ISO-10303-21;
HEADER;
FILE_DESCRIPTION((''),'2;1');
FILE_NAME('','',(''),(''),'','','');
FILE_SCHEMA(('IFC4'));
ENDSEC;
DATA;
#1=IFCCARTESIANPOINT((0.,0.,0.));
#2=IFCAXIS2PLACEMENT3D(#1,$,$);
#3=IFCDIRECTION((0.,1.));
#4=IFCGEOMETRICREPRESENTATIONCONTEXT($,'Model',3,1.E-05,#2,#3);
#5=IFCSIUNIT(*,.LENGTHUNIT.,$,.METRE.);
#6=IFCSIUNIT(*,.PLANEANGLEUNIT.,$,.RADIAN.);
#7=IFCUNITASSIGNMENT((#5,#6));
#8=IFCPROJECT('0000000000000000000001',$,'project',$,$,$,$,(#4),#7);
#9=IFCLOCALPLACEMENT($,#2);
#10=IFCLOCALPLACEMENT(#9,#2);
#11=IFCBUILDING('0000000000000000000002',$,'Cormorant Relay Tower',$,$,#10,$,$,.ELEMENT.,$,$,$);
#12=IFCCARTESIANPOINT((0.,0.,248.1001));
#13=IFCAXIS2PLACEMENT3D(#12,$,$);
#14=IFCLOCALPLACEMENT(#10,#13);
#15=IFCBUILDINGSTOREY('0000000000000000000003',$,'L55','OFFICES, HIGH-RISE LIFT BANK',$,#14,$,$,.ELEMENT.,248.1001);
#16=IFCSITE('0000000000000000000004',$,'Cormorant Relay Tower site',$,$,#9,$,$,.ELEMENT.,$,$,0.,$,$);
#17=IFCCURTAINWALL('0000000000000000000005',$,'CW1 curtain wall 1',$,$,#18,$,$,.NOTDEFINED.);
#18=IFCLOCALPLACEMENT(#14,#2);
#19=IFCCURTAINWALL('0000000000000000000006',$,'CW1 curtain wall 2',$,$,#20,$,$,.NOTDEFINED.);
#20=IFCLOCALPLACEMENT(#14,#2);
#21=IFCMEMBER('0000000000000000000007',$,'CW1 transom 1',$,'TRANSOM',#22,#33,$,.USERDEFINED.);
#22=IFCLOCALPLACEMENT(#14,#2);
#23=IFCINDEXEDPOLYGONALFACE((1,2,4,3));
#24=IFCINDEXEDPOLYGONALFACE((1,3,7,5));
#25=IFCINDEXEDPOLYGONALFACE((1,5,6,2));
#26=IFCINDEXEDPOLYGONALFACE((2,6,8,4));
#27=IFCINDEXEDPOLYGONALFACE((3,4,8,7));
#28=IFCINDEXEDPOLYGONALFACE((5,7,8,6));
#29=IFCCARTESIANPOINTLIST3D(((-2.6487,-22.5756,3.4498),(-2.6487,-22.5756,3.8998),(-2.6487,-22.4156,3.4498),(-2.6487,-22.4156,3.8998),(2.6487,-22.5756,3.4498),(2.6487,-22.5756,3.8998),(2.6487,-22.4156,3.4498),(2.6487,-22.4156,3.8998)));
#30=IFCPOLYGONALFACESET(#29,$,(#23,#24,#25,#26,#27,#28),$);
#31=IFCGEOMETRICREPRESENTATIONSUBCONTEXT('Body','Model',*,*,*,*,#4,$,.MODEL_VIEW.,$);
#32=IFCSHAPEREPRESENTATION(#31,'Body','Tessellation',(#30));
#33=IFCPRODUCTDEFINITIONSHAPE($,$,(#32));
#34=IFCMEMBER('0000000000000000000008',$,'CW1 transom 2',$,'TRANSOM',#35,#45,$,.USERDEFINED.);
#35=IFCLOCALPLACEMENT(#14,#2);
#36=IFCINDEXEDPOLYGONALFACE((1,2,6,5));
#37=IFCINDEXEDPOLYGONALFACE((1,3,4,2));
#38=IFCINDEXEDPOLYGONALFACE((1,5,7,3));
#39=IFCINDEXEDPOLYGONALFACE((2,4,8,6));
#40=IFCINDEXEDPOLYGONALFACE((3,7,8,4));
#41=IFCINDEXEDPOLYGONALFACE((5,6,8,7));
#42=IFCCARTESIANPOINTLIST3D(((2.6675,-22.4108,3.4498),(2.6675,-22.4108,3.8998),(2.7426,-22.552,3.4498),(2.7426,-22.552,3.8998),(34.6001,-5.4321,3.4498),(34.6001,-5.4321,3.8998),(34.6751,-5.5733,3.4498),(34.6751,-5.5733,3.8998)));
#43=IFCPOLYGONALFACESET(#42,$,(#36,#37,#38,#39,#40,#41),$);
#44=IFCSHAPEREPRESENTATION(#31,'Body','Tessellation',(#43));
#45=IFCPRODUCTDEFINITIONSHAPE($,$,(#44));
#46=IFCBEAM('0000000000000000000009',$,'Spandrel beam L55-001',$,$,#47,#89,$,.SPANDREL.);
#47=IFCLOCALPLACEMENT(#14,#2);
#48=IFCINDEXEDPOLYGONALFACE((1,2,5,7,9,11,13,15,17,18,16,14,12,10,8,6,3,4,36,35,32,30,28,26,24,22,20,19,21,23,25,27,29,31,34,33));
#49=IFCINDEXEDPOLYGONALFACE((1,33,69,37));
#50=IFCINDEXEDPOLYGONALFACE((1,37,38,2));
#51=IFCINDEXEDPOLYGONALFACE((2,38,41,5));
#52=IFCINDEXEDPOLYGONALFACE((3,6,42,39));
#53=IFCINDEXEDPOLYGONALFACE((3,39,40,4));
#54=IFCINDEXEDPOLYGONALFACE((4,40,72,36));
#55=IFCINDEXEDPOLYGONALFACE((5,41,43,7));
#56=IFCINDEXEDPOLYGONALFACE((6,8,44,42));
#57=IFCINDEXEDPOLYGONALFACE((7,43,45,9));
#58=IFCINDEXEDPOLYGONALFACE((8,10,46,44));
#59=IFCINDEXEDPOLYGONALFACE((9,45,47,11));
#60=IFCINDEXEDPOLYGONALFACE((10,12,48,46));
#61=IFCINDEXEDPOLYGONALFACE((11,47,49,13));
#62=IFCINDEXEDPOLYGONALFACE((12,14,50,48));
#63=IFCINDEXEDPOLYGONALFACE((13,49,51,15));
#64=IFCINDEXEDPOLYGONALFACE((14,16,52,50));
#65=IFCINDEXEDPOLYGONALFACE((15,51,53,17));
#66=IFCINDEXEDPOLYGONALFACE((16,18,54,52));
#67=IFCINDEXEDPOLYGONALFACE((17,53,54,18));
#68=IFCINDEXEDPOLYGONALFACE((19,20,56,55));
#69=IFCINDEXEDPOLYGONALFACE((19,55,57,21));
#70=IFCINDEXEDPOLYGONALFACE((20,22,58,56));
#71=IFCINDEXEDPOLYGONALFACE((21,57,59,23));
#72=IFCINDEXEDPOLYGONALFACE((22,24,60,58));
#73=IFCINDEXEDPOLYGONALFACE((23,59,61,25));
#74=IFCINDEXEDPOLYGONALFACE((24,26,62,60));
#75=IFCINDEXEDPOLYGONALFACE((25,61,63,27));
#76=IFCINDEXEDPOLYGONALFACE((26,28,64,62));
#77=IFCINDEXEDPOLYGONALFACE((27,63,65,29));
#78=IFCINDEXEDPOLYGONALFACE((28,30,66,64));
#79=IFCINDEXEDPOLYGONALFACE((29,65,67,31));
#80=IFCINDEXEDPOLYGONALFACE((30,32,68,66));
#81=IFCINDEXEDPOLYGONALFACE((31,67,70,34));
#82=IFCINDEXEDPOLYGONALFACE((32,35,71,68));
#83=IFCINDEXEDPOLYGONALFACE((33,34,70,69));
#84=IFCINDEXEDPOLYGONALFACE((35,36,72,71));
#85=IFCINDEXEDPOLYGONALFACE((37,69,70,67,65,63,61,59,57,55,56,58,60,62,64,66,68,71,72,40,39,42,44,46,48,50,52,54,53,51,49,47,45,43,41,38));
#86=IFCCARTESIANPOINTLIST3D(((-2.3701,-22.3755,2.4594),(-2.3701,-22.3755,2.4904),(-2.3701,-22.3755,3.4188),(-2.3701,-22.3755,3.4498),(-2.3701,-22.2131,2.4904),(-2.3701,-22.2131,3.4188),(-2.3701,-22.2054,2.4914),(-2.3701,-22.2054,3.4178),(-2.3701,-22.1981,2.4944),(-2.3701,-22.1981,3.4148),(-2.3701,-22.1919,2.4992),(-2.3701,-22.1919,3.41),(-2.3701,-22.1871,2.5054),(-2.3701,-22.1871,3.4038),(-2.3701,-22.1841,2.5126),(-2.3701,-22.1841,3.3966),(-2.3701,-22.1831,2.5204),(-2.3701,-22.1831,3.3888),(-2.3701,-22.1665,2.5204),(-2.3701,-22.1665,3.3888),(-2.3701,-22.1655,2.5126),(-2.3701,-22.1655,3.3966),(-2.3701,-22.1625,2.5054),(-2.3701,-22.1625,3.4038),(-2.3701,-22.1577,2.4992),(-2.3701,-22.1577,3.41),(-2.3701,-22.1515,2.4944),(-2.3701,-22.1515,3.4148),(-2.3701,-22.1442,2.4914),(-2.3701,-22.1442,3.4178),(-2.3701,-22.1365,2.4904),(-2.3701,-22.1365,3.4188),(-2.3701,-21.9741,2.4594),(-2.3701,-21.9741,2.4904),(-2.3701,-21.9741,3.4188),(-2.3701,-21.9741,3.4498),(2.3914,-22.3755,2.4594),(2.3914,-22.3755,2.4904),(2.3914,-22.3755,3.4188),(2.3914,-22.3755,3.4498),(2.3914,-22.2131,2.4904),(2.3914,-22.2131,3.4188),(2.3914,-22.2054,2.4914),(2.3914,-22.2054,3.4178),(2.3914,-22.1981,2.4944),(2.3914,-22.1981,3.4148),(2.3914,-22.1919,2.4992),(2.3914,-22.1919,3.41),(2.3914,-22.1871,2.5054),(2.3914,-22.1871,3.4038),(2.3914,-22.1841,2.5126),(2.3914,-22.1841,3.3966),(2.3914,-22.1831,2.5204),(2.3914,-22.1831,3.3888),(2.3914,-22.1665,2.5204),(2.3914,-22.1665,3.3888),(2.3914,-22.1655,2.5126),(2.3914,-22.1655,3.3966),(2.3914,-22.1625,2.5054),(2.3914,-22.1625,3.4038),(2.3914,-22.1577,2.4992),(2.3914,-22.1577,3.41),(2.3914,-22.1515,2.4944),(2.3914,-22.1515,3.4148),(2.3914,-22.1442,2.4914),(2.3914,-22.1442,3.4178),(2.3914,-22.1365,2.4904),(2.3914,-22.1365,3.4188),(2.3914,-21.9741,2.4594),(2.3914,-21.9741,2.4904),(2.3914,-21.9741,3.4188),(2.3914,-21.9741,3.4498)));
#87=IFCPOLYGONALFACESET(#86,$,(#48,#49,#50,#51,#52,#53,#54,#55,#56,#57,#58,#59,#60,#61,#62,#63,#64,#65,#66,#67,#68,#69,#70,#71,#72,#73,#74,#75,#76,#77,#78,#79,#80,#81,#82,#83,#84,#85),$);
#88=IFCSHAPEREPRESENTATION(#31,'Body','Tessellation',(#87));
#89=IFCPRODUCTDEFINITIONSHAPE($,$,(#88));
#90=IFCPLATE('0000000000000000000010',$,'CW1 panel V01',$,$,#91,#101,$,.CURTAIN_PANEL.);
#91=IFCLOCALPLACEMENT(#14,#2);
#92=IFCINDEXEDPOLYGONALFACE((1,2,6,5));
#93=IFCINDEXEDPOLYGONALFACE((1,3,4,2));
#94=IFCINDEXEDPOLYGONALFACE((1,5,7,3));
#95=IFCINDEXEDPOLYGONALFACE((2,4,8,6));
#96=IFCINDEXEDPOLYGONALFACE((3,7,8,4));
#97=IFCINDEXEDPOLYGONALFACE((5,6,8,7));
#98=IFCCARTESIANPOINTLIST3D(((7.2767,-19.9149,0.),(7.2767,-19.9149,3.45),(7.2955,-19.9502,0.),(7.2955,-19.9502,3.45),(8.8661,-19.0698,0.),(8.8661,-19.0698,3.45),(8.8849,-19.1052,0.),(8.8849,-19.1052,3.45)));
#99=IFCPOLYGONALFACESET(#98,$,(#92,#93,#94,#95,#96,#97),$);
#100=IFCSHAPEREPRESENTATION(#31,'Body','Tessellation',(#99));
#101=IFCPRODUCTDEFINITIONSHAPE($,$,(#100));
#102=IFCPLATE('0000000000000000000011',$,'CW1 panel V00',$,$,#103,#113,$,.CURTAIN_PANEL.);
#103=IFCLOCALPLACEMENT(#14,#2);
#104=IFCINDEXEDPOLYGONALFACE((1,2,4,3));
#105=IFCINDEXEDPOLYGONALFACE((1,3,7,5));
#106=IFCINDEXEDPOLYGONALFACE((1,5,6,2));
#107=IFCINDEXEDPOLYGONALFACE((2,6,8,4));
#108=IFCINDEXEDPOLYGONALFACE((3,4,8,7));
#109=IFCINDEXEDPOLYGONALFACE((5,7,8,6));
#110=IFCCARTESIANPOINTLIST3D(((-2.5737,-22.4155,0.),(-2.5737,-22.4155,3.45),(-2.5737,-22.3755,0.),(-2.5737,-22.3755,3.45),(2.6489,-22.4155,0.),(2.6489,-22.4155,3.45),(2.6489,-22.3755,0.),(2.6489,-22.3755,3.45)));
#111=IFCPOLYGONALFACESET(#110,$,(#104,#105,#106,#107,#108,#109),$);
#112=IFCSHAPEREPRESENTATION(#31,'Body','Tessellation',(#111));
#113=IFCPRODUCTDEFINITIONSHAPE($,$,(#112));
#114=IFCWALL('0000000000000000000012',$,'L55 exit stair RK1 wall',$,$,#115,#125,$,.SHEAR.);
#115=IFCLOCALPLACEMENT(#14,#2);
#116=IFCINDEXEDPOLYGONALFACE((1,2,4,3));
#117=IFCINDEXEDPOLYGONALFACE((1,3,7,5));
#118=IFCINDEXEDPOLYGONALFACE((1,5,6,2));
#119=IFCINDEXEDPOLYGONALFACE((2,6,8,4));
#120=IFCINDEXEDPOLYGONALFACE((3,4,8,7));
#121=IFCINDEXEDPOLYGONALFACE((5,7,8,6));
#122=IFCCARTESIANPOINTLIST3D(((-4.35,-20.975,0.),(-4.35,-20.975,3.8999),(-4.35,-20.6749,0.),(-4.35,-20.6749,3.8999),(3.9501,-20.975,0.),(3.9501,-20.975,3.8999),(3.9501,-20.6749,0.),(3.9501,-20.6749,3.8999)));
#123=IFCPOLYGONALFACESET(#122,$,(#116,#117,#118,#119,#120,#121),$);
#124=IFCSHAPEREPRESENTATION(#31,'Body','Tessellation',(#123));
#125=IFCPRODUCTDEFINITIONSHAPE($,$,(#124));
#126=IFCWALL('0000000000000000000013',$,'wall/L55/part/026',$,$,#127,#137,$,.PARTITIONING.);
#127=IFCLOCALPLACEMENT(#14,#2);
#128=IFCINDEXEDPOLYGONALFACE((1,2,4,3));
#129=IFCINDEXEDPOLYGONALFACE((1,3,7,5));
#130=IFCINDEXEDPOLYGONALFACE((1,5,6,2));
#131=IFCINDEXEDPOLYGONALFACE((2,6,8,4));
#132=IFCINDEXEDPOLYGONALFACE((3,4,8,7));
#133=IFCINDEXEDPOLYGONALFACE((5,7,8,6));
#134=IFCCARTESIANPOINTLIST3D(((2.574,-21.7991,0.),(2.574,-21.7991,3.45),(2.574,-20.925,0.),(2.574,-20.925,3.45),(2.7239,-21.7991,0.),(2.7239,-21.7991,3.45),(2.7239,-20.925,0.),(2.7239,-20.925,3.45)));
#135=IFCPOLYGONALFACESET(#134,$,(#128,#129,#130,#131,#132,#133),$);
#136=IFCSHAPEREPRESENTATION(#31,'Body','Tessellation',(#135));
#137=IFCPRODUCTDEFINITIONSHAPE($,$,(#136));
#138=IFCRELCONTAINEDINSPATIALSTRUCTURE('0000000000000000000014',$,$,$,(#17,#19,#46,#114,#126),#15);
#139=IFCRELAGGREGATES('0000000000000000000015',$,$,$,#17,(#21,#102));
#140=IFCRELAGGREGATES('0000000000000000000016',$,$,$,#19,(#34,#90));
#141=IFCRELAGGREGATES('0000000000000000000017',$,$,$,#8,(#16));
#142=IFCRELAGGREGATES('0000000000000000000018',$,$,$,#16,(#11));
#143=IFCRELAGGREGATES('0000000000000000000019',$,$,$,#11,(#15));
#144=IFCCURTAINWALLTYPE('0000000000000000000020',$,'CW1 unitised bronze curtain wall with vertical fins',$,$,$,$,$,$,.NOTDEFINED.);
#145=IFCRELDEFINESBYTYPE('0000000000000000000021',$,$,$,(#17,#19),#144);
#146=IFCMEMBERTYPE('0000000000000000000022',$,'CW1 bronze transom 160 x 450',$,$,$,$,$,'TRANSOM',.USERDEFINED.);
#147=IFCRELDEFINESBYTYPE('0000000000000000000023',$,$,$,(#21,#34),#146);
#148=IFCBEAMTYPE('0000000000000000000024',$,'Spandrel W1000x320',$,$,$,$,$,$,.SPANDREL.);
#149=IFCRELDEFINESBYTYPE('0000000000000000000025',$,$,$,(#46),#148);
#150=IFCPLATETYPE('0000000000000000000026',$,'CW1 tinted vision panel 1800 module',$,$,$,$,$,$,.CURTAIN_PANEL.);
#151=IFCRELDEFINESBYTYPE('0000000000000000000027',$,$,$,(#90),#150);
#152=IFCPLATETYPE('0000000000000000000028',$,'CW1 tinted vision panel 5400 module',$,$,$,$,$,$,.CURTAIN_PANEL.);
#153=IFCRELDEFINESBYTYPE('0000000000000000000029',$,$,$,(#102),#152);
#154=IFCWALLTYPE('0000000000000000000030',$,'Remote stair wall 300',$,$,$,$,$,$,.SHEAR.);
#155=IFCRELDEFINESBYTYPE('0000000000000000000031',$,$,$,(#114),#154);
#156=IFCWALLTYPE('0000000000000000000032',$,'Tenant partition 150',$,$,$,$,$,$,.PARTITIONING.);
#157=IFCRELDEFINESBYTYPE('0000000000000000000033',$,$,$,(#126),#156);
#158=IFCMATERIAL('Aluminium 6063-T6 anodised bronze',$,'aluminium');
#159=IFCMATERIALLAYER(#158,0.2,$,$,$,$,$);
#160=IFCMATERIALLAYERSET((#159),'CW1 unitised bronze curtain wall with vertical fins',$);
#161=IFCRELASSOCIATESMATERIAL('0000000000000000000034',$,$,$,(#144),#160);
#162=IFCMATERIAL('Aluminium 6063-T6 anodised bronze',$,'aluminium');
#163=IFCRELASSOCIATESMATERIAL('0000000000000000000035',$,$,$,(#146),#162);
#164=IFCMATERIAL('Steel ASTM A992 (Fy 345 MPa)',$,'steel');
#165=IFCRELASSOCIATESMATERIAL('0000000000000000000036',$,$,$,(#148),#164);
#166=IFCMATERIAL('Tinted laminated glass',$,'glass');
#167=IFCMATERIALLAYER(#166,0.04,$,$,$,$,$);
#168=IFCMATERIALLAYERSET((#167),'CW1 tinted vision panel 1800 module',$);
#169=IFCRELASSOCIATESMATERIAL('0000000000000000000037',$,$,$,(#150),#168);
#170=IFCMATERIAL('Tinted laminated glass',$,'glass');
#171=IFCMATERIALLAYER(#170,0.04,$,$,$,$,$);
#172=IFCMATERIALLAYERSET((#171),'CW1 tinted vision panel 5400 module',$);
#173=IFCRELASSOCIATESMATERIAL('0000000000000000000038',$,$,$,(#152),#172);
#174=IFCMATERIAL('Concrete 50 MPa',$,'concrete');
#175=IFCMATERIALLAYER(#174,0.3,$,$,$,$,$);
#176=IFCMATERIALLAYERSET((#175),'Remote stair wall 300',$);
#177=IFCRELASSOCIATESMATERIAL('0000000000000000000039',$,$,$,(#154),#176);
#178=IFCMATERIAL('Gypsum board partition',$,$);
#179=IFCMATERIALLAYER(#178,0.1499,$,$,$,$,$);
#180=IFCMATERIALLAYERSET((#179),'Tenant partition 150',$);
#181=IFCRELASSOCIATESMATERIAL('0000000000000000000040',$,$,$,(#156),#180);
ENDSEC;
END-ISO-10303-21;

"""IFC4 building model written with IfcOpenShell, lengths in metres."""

from ifc_helpers import new_model, si_unit, direction, frame, frame_2d, origin, origin_2d, place, context, subcontext, project, spatial, rectangle, i_section, extrude, material, layer, layer_set, material_profile, profile_set, type_object, element, aggregate, save


model = new_model("IFC4")

# Units and contexts
model_context = context("Model", 3, precision=1e-05, world=origin(), true_north=direction((0.0, 1.0)))
body_context = subcontext(model_context, "Body", "Model", "MODEL_VIEW")
ifc_project = project(units=[si_unit("LENGTHUNIT", "METRE"), si_unit("PLANEANGLEUNIT", "RADIAN")], contexts=[model_context])

# Site, building, storey
site_placement = place(None, origin())
site = spatial("IfcSite", under=ifc_project, at=site_placement, Name="Cormorant Relay Tower site", CompositionType="ELEMENT", RefElevation=0.0)
building_placement = place(site_placement, origin())
building = spatial("IfcBuilding", under=site, at=building_placement, Name="Cormorant Relay Tower", CompositionType="ELEMENT")
storey_placement = place(building_placement, frame((0.0, 0.0, 248.1001)))
storey = spatial("IfcBuildingStorey", under=building, at=storey_placement, Name="L55", Description="OFFICES, HIGH-RISE LIFT BANK", CompositionType="ELEMENT", Elevation=248.1001)

# Curtain wall
ifc_material_1 = material(Name="Aluminium 6063-T6 anodised bronze", Category="aluminium")
ifc_layer_1 = layer(ifc_material_1, 0.2)
ifc_layer_set_1 = layer_set([ifc_layer_1], Name="CW1 unitised bronze curtain wall with vertical fins")
curtain_wall_type = type_object("IfcCurtainWallType", Name="CW1 unitised bronze curtain wall with vertical fins", PredefinedType="NOTDEFINED", material=ifc_layer_set_1)
curtain_wall_1_placement = place(storey_placement, origin())
curtain_wall_1 = element("IfcCurtainWall", 1, at=curtain_wall_1_placement, inside=storey, type_object=curtain_wall_type, Name="CW1 curtain wall 1", PredefinedType="NOTDEFINED")

# Curtain wall
curtain_wall_2_placement = place(storey_placement, origin())
curtain_wall_2 = element("IfcCurtainWall", 2, at=curtain_wall_2_placement, inside=storey, type_object=curtain_wall_type, Name="CW1 curtain wall 2", PredefinedType="NOTDEFINED")

# Members
ifc_material_2 = material(Name="Aluminium 6063-T6 anodised bronze", Category="aluminium")
ifc_material_profile_1 = material_profile(ifc_material_2, rectangle(XDim=0.1599, YDim=0.45, at=origin_2d()), Name="AL 160x450")
ifc_profile_set_1 = profile_set([ifc_material_profile_1], Name="Aluminium 6063-T6 anodised bronze")
member_type_1 = type_object("IfcMemberType", Name="CW1 bronze transom 160 x 450", ElementType="TRANSOM", PredefinedType="USERDEFINED", material=ifc_profile_set_1)
member_1_placement = place(storey_placement, frame((-2.6487, -22.4956, 3.6748), z_axis=(1.0, 0.0, 0.0), x_axis=(0.0, 1.0, 0.0)))
member_1 = element("IfcMember", 3, at=member_1_placement, type_object=member_type_1, Name="CW1 transom 1", ObjectType="TRANSOM", PredefinedType="USERDEFINED", context=body_context, shape_type="SweptSolid", body=[
    extrude(rectangle(XDim=0.1599, YDim=0.45, at=origin_2d()), origin(), (0.0, 0.0, 1.0), 5.2974),
])
member_2_placement = place(storey_placement, frame((2.7051, -22.4814, 3.6748), z_axis=(0.882949, 0.469469, 0.0), x_axis=(-0.469469, 0.882949, 0.0)))
member_2 = element("IfcMember", 4, at=member_2_placement, type_object=member_type_1, Name="CW1 transom 2", ObjectType="TRANSOM", PredefinedType="USERDEFINED", context=body_context, shape_type="SweptSolid", body=[
    extrude(rectangle(XDim=0.1599, YDim=0.45, at=origin_2d()), origin(), (0.0, 0.0, 1.0), 36.1658),
])

# Beam
ifc_material_3 = material(Name="Steel ASTM A992 (Fy 345 MPa)", Category="steel")
ifc_material_profile_2 = material_profile(ifc_material_3, i_section(OverallWidth=0.4014, OverallDepth=0.9905, WebThickness=0.0166, FlangeThickness=0.031, FilletRadius=0.03, at=origin_2d()), Name="W1000x320")
ifc_profile_set_2 = profile_set([ifc_material_profile_2], Name="Steel ASTM A992 (Fy 345 MPa)")
beam_type = type_object("IfcBeamType", Name="Spandrel W1000x320", PredefinedType="SPANDREL", material=ifc_profile_set_2)
beam_placement = place(storey_placement, frame((-2.3701, -22.1748, 2.9546), z_axis=(1.0, 0.0, 0.0), x_axis=(0.0, 1.0, 0.0)))
element("IfcBeam", 5, at=beam_placement, inside=storey, type_object=beam_type, Name="Spandrel beam L55-001", PredefinedType="SPANDREL", context=body_context, shape_type="SweptSolid", body=[
    extrude(i_section(OverallWidth=0.4014, OverallDepth=0.9905, WebThickness=0.0166, FlangeThickness=0.031, FilletRadius=0.03, at=origin_2d()), origin(), (0.0, 0.0, 1.0), 4.7615),
])

# Plates
ifc_material_4 = material(Name="Tinted laminated glass", Category="glass")
ifc_layer_2 = layer(ifc_material_4, 0.04)
ifc_layer_set_2 = layer_set([ifc_layer_2], Name="CW1 tinted vision panel 1800 module")
plate_type_1 = type_object("IfcPlateType", Name="CW1 tinted vision panel 1800 module", PredefinedType="CURTAIN_PANEL", material=ifc_layer_set_2)
plate_1_placement = place(storey_placement, frame((8.0808, -19.51, 0.0), z_axis=(0.0, 0.0, 1.0), x_axis=(0.882948, 0.469472, 0.0)))
plate_1 = element("IfcPlate", 6, at=plate_1_placement, type_object=plate_type_1, Name="CW1 panel V01", PredefinedType="CURTAIN_PANEL", context=body_context, shape_type="SweptSolid", body=[
    extrude(rectangle(XDim=1.8, YDim=0.04, at=origin_2d()), origin(), (0.0, 0.0, 1.0), 3.45),
])
ifc_material_5 = material(Name="Tinted laminated glass", Category="glass")
ifc_layer_3 = layer(ifc_material_5, 0.04)
ifc_layer_set_3 = layer_set([ifc_layer_3], Name="CW1 tinted vision panel 5400 module")
plate_type_2 = type_object("IfcPlateType", Name="CW1 tinted vision panel 5400 module", PredefinedType="CURTAIN_PANEL", material=ifc_layer_set_3)
plate_2_placement = place(storey_placement, frame((0.0376, -22.3955, 0.0), z_axis=(0.0, 0.0, 1.0), x_axis=(1.0, 0.0, 0.0)))
plate_2 = element("IfcPlate", 7, at=plate_2_placement, type_object=plate_type_2, Name="CW1 panel V00", PredefinedType="CURTAIN_PANEL", context=body_context, shape_type="SweptSolid", body=[
    extrude(rectangle(XDim=5.2227, YDim=0.04, at=origin_2d()), origin(), (0.0, 0.0, 1.0), 3.45),
])
aggregate(curtain_wall_1, [member_1, plate_2])

# Walls
ifc_material_6 = material(Name="Concrete 50 MPa", Category="concrete")
ifc_layer_4 = layer(ifc_material_6, 0.3)
ifc_layer_set_4 = layer_set([ifc_layer_4], Name="Remote stair wall 300")
wall_type_1 = type_object("IfcWallType", Name="Remote stair wall 300", PredefinedType="SHEAR", material=ifc_layer_set_4)
wall_1_placement = place(storey_placement, frame((3.95, -20.825, 0.0), z_axis=(0.0, 0.0, 1.0), x_axis=(-1.0, 0.0, 0.0)))
element("IfcWall", 8, at=wall_1_placement, inside=storey, type_object=wall_type_1, Name="L55 exit stair RK1 wall", PredefinedType="SHEAR", context=body_context, shape_type="SweptSolid", body=[
    extrude(rectangle(XDim=8.3, YDim=0.3, at=frame_2d((4.1499, 0.0))), origin(), (0.0, 0.0, 1.0), 3.8999),
])
ifc_material_7 = material(Name="Gypsum board partition")
ifc_layer_5 = layer(ifc_material_7, 0.1499)
ifc_layer_set_5 = layer_set([ifc_layer_5], Name="Tenant partition 150")
wall_type_2 = type_object("IfcWallType", Name="Tenant partition 150", PredefinedType="PARTITIONING", material=ifc_layer_set_5)
wall_2_placement = place(storey_placement, frame((2.6489, -21.7991, 0.0), z_axis=(0.0, 0.0, 1.0), x_axis=(0.0, 1.0, 0.0)))
element("IfcWall", 9, at=wall_2_placement, inside=storey, type_object=wall_type_2, Name="wall/L55/part/026", PredefinedType="PARTITIONING", context=body_context, shape_type="SweptSolid", body=[
    extrude(rectangle(XDim=0.874, YDim=0.1499, at=frame_2d((0.437, 0.0))), origin(), (0.0, 0.0, 1.0), 3.45),
])

aggregate(curtain_wall_2, [member_2, plate_1])

save(model, "model.ifc")
